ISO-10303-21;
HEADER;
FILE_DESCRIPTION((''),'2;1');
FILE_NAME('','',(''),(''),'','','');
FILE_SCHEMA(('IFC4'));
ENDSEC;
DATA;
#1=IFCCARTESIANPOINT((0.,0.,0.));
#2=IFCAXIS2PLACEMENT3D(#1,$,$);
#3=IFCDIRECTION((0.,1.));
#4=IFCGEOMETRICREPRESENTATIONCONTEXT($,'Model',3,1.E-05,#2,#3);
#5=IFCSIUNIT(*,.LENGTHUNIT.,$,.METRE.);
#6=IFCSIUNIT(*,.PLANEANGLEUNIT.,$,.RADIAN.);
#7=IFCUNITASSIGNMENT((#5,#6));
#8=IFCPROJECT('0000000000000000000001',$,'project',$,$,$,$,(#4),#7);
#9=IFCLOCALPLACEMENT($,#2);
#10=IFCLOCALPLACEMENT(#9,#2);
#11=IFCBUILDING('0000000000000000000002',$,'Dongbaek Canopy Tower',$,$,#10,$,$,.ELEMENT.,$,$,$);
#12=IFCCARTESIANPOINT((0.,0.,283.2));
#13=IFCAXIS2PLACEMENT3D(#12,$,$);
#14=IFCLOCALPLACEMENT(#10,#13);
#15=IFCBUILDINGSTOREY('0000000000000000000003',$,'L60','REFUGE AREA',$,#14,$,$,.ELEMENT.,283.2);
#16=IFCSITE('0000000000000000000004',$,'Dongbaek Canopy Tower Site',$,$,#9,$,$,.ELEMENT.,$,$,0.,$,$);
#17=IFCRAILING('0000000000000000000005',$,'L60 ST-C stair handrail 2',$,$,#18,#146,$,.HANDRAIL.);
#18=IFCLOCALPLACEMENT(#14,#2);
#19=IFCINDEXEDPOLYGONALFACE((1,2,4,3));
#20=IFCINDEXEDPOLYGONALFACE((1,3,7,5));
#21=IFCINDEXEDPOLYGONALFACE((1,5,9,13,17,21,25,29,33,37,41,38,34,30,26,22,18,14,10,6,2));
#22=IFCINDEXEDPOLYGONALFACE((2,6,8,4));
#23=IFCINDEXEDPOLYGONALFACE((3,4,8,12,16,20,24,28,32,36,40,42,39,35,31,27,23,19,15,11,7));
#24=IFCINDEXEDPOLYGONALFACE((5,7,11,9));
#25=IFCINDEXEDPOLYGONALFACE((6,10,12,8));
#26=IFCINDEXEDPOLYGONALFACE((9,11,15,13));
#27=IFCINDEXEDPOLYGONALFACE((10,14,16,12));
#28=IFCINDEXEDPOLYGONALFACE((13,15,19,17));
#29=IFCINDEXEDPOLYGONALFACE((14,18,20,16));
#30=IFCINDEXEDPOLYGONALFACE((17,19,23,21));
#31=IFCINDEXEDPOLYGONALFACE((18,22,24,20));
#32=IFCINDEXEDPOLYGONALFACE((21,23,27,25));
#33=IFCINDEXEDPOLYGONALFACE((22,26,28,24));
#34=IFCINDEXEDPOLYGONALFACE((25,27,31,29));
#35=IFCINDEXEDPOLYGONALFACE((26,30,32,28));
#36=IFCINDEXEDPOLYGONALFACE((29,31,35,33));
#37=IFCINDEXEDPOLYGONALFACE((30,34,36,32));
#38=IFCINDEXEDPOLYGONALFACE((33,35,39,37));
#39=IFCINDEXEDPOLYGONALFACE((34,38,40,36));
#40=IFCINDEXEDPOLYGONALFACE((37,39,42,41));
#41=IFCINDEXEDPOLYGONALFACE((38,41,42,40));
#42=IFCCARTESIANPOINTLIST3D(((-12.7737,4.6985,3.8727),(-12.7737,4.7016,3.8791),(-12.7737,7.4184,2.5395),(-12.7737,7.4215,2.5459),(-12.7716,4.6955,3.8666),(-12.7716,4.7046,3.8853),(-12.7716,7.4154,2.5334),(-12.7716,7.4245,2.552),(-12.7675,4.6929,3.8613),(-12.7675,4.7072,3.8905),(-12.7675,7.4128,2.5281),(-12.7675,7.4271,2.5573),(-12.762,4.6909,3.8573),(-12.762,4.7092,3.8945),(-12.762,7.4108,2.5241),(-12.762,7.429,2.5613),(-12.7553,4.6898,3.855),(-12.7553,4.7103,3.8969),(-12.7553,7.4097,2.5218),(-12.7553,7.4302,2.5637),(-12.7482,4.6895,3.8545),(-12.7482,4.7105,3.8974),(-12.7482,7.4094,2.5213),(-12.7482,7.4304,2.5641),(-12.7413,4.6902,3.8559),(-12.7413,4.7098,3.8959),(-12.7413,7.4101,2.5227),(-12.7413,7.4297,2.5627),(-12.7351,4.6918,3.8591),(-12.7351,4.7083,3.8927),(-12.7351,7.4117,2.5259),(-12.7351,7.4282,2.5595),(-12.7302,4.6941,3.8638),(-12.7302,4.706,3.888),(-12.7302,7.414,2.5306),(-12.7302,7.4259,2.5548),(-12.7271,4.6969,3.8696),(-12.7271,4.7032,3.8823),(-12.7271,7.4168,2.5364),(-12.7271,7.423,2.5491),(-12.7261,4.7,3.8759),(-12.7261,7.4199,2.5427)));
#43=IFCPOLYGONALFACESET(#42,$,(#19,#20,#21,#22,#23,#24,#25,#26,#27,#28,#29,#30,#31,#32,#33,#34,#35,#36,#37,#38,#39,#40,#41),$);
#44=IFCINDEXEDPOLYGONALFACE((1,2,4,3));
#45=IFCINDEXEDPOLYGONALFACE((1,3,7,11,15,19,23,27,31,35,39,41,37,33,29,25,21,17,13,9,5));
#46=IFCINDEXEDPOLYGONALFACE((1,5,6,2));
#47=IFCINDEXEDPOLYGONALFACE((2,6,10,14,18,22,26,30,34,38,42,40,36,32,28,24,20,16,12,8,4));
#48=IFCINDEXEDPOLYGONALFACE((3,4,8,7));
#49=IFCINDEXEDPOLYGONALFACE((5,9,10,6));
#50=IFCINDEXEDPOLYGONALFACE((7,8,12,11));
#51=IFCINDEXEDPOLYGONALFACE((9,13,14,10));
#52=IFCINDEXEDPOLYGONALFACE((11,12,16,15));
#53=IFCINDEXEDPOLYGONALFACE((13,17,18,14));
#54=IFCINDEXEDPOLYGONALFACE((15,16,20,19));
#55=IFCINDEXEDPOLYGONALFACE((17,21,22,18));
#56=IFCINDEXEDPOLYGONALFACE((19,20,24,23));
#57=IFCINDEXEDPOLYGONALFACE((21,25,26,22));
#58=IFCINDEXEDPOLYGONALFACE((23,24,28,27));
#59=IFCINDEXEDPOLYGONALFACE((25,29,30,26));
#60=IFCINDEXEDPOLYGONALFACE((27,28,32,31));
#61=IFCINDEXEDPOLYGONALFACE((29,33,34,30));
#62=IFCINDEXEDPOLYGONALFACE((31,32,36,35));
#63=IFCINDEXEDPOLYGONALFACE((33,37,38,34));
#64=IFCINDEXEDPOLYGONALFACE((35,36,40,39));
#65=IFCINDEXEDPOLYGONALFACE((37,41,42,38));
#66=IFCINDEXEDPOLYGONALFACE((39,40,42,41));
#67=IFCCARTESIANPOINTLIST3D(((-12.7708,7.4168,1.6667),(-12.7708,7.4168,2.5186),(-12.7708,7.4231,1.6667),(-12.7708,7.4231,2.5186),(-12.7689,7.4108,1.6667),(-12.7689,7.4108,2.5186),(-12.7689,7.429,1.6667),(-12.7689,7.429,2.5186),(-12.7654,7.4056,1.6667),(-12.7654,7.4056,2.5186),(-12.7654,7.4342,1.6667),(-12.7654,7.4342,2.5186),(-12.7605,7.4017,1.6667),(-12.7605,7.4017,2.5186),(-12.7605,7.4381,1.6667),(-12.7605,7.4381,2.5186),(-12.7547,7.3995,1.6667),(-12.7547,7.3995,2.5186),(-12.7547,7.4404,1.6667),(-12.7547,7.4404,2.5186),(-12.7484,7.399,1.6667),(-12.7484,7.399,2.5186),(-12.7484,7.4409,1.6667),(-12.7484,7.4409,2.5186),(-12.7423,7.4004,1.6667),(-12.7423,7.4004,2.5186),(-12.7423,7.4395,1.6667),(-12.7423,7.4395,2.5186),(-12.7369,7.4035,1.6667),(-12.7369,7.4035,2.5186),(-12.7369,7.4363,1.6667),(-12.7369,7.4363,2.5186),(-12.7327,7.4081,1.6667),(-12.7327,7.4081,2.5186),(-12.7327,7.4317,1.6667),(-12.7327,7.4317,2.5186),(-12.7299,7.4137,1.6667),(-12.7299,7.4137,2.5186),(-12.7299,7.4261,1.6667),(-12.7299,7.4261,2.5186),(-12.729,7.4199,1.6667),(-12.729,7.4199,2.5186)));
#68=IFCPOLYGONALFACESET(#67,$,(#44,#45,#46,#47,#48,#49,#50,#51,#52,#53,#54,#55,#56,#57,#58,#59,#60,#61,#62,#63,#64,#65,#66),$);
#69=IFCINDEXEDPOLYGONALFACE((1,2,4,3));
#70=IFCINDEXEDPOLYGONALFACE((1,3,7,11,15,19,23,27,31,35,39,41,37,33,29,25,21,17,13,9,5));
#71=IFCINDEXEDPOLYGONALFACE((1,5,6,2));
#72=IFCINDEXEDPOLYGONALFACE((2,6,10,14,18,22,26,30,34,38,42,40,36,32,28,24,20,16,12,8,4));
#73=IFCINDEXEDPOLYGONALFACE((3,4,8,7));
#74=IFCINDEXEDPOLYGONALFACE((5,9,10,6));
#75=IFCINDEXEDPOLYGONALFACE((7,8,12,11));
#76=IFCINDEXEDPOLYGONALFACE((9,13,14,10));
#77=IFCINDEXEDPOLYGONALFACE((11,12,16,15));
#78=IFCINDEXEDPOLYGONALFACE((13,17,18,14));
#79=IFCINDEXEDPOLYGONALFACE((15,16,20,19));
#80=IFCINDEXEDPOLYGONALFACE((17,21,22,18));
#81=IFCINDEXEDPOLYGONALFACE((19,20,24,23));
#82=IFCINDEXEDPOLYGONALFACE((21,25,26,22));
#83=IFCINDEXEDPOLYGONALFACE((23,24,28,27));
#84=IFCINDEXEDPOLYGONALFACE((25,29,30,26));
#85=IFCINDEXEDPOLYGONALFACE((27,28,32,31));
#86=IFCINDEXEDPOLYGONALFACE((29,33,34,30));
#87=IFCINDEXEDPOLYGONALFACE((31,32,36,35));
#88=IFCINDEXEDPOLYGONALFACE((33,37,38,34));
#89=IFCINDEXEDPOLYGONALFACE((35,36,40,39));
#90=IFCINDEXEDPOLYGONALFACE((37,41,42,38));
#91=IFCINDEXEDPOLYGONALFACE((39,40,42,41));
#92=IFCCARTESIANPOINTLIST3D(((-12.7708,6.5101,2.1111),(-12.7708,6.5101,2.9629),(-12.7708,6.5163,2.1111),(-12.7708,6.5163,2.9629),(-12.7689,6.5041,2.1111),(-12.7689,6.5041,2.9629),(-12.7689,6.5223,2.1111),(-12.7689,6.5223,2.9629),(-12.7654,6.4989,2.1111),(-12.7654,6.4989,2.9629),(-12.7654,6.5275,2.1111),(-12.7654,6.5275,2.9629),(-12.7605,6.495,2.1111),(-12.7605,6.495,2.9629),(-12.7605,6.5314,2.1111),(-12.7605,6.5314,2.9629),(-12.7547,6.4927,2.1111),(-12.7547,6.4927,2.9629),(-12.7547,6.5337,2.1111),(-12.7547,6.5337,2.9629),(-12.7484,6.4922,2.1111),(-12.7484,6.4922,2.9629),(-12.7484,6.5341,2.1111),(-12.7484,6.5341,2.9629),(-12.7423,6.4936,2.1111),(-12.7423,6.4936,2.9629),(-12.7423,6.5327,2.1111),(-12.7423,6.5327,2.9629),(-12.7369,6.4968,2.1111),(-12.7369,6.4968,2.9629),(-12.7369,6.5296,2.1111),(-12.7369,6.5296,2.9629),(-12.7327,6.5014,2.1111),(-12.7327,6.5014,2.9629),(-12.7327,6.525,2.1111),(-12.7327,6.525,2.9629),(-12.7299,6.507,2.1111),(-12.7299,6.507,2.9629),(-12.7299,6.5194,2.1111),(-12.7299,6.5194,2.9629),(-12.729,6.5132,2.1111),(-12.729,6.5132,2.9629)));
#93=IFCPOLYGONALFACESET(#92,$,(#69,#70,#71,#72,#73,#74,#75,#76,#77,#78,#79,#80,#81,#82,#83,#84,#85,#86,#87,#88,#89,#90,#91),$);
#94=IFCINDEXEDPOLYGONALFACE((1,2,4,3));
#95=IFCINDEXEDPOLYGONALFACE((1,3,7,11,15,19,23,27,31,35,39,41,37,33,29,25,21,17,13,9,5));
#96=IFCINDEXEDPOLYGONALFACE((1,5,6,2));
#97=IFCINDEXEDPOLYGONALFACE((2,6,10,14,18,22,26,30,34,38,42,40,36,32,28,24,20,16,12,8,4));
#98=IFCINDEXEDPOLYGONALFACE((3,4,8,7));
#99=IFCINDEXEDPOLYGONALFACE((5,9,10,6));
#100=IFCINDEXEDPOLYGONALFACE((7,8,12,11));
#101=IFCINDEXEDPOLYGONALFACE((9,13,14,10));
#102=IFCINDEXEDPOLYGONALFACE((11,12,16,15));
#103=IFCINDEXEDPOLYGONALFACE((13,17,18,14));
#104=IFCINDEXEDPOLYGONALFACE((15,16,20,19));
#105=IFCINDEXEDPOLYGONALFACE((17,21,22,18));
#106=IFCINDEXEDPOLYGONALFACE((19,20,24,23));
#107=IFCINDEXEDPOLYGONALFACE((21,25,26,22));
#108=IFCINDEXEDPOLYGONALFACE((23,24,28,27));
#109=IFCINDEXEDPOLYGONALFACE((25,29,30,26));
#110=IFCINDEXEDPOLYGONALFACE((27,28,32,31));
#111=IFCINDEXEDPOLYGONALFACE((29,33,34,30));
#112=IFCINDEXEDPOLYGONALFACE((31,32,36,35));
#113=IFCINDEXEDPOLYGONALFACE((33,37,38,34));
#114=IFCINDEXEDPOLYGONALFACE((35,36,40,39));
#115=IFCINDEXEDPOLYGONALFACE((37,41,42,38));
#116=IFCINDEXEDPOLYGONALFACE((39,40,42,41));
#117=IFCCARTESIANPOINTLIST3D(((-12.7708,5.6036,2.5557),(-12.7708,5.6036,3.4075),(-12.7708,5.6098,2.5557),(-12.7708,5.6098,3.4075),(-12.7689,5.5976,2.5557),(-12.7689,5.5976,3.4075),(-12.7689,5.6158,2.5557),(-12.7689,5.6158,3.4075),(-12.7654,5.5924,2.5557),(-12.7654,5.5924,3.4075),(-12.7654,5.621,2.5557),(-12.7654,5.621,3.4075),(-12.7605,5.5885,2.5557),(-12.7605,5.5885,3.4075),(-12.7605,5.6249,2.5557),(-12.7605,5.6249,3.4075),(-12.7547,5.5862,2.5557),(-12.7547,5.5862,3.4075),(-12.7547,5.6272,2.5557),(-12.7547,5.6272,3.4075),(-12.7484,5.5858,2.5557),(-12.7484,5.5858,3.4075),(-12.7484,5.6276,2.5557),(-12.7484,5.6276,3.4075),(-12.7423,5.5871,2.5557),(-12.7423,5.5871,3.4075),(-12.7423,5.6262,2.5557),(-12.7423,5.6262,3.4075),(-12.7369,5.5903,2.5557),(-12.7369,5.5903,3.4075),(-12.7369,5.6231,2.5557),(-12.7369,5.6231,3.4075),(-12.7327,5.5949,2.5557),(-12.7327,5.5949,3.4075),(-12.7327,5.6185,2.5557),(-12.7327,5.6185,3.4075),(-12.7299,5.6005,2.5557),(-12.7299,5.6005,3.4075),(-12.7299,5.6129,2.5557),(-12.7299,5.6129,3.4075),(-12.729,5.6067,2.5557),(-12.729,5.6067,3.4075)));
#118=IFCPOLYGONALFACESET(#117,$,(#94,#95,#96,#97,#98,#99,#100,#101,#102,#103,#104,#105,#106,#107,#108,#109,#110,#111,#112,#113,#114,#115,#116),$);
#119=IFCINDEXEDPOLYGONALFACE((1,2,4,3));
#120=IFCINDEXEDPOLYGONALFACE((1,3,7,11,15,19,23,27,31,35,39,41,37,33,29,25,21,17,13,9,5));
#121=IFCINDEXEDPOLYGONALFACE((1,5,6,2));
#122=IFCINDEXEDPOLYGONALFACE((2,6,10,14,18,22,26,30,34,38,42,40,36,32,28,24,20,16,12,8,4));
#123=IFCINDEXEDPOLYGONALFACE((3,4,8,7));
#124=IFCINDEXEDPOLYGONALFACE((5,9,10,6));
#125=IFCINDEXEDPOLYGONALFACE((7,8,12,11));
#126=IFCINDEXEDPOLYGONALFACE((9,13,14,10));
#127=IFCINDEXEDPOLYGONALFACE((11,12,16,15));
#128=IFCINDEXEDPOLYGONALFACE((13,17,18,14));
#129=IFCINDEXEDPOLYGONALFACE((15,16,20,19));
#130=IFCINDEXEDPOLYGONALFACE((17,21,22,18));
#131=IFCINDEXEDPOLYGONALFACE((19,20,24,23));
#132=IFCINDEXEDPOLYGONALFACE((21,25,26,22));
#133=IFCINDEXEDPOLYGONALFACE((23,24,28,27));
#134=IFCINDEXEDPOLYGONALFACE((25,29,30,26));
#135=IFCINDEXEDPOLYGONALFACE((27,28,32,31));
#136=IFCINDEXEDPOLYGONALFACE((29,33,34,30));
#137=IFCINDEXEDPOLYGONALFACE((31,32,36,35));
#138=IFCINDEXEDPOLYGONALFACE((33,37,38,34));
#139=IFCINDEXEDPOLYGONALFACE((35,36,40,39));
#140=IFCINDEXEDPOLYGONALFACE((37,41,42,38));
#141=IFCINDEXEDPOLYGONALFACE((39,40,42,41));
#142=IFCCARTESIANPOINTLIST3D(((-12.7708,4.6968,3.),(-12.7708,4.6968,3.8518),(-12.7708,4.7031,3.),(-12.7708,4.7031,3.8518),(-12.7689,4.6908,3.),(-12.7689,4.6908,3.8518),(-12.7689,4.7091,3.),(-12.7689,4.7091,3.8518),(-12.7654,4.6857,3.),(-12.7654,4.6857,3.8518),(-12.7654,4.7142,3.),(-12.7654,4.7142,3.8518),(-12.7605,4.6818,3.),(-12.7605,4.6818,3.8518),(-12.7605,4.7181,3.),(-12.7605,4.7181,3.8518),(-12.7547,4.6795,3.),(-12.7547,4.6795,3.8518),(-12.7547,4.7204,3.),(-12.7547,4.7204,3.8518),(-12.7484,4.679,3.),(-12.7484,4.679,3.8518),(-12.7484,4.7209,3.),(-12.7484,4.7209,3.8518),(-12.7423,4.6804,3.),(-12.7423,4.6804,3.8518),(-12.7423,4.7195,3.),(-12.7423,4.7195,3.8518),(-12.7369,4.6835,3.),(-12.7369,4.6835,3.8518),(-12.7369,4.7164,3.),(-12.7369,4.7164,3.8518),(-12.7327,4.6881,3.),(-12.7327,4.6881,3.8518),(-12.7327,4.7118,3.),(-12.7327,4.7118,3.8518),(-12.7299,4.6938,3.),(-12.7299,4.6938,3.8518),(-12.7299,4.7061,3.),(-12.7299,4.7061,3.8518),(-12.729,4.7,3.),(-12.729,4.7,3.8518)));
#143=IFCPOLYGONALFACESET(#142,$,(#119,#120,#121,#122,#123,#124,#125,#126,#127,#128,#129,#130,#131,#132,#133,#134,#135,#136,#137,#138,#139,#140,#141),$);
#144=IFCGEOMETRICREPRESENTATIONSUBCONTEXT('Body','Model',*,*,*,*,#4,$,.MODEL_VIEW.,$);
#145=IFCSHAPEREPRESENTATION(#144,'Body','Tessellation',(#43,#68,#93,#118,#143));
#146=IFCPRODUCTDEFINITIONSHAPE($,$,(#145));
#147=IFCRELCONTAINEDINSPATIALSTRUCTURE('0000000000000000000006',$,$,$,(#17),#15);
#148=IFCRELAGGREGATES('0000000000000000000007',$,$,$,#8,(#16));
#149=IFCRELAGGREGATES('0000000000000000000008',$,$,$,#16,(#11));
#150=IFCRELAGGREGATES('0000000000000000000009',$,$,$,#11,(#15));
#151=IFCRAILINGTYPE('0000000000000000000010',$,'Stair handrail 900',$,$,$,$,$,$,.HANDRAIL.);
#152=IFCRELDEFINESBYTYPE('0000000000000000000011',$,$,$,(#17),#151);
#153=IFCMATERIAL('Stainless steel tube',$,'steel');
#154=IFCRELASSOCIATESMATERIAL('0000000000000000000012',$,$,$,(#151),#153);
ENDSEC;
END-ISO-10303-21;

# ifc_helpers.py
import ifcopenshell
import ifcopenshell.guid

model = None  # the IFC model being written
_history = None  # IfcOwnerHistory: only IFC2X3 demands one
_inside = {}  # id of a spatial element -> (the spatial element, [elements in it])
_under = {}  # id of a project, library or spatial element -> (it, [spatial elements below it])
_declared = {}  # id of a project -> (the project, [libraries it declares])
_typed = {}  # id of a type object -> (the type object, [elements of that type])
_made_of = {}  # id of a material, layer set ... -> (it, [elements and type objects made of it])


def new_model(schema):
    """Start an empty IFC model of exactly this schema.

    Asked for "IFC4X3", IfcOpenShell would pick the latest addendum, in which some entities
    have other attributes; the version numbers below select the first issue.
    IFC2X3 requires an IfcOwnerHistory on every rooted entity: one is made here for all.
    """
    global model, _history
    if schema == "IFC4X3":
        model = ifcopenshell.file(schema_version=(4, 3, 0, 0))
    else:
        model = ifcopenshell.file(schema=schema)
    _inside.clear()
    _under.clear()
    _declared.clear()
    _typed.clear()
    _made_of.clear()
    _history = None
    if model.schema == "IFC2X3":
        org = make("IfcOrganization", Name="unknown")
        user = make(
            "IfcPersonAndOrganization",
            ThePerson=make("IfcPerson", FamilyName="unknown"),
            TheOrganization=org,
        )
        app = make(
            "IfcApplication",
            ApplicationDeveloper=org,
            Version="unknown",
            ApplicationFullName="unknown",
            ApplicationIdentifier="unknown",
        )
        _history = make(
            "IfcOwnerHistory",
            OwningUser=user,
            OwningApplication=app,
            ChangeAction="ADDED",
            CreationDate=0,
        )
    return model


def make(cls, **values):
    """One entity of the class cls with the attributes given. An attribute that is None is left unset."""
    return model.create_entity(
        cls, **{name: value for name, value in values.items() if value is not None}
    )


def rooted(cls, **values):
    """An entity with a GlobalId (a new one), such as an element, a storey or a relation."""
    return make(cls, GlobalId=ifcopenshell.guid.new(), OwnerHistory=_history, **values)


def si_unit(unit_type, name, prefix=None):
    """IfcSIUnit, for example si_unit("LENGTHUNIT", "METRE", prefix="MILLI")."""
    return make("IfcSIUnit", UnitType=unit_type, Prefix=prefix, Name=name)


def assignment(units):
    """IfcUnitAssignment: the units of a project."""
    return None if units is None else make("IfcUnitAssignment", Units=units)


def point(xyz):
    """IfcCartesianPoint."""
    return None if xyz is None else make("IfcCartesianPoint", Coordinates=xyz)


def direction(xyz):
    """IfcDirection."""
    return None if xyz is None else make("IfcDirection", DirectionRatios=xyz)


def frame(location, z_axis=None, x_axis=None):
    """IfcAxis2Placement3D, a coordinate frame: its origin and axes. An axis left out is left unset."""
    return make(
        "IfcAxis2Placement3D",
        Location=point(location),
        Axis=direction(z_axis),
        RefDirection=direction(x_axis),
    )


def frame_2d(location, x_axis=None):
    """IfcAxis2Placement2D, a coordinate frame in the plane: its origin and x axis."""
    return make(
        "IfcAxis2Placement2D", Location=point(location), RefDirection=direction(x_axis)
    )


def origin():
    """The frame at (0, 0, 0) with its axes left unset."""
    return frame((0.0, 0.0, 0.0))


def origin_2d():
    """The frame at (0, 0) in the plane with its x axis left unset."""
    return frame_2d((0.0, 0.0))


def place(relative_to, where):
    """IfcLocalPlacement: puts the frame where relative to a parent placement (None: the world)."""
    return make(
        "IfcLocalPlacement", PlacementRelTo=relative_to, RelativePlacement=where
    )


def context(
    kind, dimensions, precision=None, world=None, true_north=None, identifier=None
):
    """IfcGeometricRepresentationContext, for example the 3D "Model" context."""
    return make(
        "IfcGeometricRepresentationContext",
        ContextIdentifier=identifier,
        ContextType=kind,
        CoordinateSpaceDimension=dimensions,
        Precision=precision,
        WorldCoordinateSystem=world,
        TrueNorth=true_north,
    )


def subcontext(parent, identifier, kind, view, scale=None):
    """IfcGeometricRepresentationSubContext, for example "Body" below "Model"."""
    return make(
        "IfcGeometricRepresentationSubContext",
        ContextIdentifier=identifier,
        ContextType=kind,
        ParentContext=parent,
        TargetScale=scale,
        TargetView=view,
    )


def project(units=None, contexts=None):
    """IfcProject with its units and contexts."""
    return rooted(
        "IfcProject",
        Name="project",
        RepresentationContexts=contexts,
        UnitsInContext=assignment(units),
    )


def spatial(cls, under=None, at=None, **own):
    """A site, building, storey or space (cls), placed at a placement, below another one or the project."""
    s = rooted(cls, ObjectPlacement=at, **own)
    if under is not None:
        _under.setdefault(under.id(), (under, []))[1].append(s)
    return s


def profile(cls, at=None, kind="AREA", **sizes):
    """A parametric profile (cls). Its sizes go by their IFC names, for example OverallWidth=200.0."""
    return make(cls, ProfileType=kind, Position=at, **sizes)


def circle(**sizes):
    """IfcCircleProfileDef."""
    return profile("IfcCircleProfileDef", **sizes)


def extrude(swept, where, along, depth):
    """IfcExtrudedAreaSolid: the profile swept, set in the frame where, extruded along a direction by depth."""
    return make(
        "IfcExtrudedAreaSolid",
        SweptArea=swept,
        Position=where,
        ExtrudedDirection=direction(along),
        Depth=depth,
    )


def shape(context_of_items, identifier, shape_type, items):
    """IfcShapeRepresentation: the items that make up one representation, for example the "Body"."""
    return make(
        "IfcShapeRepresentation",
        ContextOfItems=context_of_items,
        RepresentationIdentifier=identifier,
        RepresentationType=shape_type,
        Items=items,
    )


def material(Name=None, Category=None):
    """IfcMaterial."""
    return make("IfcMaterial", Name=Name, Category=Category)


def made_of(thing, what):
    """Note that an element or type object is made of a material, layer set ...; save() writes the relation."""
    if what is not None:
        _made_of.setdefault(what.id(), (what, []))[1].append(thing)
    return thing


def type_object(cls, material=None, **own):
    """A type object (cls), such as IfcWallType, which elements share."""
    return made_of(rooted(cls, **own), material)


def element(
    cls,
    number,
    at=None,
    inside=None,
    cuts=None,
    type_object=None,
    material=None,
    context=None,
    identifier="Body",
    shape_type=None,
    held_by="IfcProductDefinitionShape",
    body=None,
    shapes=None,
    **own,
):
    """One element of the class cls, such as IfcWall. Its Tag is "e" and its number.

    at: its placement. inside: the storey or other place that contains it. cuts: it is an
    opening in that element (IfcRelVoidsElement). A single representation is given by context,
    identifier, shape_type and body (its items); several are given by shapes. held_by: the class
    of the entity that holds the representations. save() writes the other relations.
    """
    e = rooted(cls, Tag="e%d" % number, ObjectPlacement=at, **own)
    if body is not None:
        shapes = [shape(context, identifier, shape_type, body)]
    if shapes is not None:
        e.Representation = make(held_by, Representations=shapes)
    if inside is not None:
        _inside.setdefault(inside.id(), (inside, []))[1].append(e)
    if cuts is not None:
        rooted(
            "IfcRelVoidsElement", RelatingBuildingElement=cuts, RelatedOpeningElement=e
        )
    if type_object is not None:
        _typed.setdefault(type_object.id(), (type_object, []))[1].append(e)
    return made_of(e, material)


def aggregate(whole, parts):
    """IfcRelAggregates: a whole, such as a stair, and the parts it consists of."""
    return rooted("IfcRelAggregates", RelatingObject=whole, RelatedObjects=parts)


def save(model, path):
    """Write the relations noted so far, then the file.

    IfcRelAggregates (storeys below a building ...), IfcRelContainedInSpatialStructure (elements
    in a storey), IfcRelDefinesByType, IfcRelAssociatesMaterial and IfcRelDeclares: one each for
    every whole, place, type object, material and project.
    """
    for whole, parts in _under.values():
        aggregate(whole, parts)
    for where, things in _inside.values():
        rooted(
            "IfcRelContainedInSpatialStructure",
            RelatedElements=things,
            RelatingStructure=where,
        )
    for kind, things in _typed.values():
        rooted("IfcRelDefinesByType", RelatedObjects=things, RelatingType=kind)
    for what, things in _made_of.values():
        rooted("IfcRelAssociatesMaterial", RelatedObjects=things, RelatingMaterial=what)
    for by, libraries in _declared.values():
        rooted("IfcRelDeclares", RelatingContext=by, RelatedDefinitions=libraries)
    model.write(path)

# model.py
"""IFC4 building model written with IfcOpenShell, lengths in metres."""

from ifc_helpers import new_model, si_unit, direction, frame, origin, origin_2d, place, context, subcontext, project, spatial, circle, extrude, material, type_object, element, save


model = new_model("IFC4")

# Units and contexts
model_context = context("Model", 3, precision=1e-05, world=origin(), true_north=direction((0.0, 1.0)))
body_context = subcontext(model_context, "Body", "Model", "MODEL_VIEW")
ifc_project = project(units=[si_unit("LENGTHUNIT", "METRE"), si_unit("PLANEANGLEUNIT", "RADIAN")], contexts=[model_context])

# Site, building, storey
site_placement = place(None, origin())
site = spatial("IfcSite", under=ifc_project, at=site_placement, Name="Dongbaek Canopy Tower Site", CompositionType="ELEMENT", RefElevation=0.0)
building_placement = place(site_placement, origin())
building = spatial("IfcBuilding", under=site, at=building_placement, Name="Dongbaek Canopy Tower", CompositionType="ELEMENT")
storey_placement = place(building_placement, frame((0.0, 0.0, 283.2)))
storey = spatial("IfcBuildingStorey", under=building, at=storey_placement, Name="L60", Description="REFUGE AREA", CompositionType="ELEMENT", Elevation=283.2)

# Railing
ifc_material_1 = material(Name="Stainless steel tube", Category="steel")
railing_type_1 = type_object("IfcRailingType", Name="Stair handrail 900", PredefinedType="HANDRAIL", material=ifc_material_1)
railing_1_placement = place(storey_placement, frame((-12.75, 7.4199, 1.6667)))
element("IfcRailing", 1, at=railing_1_placement, inside=storey, type_object=railing_type_1, Name="L60 ST-C stair handrail 2", PredefinedType="HANDRAIL", context=body_context, shape_type="SweptSolid", body=[
    extrude(circle(Radius=0.0239, at=origin_2d()), frame((0.0, 0.0, 0.876), z_axis=(0.0, -0.897929, 0.440139), x_axis=(1.0, 0.0, 0.0)), (0.0, 0.0, 1.0), 3.0291),
    extrude(circle(Radius=0.021, at=origin_2d()), origin(), (0.0, 0.0, 1.0), 0.8518),
    extrude(circle(Radius=0.021, at=origin_2d()), frame((0.0, -0.9067, 0.4443)), (0.0, 0.0, 1.0), 0.8518),
    extrude(circle(Radius=0.021, at=origin_2d()), frame((0.0, -1.8132, 0.8889)), (0.0, 0.0, 1.0), 0.8518),
    extrude(circle(Radius=0.021, at=origin_2d()), frame((0.0, -2.72, 1.3333)), (0.0, 0.0, 1.0), 0.8518),
])

save(model, "model.ifc")
